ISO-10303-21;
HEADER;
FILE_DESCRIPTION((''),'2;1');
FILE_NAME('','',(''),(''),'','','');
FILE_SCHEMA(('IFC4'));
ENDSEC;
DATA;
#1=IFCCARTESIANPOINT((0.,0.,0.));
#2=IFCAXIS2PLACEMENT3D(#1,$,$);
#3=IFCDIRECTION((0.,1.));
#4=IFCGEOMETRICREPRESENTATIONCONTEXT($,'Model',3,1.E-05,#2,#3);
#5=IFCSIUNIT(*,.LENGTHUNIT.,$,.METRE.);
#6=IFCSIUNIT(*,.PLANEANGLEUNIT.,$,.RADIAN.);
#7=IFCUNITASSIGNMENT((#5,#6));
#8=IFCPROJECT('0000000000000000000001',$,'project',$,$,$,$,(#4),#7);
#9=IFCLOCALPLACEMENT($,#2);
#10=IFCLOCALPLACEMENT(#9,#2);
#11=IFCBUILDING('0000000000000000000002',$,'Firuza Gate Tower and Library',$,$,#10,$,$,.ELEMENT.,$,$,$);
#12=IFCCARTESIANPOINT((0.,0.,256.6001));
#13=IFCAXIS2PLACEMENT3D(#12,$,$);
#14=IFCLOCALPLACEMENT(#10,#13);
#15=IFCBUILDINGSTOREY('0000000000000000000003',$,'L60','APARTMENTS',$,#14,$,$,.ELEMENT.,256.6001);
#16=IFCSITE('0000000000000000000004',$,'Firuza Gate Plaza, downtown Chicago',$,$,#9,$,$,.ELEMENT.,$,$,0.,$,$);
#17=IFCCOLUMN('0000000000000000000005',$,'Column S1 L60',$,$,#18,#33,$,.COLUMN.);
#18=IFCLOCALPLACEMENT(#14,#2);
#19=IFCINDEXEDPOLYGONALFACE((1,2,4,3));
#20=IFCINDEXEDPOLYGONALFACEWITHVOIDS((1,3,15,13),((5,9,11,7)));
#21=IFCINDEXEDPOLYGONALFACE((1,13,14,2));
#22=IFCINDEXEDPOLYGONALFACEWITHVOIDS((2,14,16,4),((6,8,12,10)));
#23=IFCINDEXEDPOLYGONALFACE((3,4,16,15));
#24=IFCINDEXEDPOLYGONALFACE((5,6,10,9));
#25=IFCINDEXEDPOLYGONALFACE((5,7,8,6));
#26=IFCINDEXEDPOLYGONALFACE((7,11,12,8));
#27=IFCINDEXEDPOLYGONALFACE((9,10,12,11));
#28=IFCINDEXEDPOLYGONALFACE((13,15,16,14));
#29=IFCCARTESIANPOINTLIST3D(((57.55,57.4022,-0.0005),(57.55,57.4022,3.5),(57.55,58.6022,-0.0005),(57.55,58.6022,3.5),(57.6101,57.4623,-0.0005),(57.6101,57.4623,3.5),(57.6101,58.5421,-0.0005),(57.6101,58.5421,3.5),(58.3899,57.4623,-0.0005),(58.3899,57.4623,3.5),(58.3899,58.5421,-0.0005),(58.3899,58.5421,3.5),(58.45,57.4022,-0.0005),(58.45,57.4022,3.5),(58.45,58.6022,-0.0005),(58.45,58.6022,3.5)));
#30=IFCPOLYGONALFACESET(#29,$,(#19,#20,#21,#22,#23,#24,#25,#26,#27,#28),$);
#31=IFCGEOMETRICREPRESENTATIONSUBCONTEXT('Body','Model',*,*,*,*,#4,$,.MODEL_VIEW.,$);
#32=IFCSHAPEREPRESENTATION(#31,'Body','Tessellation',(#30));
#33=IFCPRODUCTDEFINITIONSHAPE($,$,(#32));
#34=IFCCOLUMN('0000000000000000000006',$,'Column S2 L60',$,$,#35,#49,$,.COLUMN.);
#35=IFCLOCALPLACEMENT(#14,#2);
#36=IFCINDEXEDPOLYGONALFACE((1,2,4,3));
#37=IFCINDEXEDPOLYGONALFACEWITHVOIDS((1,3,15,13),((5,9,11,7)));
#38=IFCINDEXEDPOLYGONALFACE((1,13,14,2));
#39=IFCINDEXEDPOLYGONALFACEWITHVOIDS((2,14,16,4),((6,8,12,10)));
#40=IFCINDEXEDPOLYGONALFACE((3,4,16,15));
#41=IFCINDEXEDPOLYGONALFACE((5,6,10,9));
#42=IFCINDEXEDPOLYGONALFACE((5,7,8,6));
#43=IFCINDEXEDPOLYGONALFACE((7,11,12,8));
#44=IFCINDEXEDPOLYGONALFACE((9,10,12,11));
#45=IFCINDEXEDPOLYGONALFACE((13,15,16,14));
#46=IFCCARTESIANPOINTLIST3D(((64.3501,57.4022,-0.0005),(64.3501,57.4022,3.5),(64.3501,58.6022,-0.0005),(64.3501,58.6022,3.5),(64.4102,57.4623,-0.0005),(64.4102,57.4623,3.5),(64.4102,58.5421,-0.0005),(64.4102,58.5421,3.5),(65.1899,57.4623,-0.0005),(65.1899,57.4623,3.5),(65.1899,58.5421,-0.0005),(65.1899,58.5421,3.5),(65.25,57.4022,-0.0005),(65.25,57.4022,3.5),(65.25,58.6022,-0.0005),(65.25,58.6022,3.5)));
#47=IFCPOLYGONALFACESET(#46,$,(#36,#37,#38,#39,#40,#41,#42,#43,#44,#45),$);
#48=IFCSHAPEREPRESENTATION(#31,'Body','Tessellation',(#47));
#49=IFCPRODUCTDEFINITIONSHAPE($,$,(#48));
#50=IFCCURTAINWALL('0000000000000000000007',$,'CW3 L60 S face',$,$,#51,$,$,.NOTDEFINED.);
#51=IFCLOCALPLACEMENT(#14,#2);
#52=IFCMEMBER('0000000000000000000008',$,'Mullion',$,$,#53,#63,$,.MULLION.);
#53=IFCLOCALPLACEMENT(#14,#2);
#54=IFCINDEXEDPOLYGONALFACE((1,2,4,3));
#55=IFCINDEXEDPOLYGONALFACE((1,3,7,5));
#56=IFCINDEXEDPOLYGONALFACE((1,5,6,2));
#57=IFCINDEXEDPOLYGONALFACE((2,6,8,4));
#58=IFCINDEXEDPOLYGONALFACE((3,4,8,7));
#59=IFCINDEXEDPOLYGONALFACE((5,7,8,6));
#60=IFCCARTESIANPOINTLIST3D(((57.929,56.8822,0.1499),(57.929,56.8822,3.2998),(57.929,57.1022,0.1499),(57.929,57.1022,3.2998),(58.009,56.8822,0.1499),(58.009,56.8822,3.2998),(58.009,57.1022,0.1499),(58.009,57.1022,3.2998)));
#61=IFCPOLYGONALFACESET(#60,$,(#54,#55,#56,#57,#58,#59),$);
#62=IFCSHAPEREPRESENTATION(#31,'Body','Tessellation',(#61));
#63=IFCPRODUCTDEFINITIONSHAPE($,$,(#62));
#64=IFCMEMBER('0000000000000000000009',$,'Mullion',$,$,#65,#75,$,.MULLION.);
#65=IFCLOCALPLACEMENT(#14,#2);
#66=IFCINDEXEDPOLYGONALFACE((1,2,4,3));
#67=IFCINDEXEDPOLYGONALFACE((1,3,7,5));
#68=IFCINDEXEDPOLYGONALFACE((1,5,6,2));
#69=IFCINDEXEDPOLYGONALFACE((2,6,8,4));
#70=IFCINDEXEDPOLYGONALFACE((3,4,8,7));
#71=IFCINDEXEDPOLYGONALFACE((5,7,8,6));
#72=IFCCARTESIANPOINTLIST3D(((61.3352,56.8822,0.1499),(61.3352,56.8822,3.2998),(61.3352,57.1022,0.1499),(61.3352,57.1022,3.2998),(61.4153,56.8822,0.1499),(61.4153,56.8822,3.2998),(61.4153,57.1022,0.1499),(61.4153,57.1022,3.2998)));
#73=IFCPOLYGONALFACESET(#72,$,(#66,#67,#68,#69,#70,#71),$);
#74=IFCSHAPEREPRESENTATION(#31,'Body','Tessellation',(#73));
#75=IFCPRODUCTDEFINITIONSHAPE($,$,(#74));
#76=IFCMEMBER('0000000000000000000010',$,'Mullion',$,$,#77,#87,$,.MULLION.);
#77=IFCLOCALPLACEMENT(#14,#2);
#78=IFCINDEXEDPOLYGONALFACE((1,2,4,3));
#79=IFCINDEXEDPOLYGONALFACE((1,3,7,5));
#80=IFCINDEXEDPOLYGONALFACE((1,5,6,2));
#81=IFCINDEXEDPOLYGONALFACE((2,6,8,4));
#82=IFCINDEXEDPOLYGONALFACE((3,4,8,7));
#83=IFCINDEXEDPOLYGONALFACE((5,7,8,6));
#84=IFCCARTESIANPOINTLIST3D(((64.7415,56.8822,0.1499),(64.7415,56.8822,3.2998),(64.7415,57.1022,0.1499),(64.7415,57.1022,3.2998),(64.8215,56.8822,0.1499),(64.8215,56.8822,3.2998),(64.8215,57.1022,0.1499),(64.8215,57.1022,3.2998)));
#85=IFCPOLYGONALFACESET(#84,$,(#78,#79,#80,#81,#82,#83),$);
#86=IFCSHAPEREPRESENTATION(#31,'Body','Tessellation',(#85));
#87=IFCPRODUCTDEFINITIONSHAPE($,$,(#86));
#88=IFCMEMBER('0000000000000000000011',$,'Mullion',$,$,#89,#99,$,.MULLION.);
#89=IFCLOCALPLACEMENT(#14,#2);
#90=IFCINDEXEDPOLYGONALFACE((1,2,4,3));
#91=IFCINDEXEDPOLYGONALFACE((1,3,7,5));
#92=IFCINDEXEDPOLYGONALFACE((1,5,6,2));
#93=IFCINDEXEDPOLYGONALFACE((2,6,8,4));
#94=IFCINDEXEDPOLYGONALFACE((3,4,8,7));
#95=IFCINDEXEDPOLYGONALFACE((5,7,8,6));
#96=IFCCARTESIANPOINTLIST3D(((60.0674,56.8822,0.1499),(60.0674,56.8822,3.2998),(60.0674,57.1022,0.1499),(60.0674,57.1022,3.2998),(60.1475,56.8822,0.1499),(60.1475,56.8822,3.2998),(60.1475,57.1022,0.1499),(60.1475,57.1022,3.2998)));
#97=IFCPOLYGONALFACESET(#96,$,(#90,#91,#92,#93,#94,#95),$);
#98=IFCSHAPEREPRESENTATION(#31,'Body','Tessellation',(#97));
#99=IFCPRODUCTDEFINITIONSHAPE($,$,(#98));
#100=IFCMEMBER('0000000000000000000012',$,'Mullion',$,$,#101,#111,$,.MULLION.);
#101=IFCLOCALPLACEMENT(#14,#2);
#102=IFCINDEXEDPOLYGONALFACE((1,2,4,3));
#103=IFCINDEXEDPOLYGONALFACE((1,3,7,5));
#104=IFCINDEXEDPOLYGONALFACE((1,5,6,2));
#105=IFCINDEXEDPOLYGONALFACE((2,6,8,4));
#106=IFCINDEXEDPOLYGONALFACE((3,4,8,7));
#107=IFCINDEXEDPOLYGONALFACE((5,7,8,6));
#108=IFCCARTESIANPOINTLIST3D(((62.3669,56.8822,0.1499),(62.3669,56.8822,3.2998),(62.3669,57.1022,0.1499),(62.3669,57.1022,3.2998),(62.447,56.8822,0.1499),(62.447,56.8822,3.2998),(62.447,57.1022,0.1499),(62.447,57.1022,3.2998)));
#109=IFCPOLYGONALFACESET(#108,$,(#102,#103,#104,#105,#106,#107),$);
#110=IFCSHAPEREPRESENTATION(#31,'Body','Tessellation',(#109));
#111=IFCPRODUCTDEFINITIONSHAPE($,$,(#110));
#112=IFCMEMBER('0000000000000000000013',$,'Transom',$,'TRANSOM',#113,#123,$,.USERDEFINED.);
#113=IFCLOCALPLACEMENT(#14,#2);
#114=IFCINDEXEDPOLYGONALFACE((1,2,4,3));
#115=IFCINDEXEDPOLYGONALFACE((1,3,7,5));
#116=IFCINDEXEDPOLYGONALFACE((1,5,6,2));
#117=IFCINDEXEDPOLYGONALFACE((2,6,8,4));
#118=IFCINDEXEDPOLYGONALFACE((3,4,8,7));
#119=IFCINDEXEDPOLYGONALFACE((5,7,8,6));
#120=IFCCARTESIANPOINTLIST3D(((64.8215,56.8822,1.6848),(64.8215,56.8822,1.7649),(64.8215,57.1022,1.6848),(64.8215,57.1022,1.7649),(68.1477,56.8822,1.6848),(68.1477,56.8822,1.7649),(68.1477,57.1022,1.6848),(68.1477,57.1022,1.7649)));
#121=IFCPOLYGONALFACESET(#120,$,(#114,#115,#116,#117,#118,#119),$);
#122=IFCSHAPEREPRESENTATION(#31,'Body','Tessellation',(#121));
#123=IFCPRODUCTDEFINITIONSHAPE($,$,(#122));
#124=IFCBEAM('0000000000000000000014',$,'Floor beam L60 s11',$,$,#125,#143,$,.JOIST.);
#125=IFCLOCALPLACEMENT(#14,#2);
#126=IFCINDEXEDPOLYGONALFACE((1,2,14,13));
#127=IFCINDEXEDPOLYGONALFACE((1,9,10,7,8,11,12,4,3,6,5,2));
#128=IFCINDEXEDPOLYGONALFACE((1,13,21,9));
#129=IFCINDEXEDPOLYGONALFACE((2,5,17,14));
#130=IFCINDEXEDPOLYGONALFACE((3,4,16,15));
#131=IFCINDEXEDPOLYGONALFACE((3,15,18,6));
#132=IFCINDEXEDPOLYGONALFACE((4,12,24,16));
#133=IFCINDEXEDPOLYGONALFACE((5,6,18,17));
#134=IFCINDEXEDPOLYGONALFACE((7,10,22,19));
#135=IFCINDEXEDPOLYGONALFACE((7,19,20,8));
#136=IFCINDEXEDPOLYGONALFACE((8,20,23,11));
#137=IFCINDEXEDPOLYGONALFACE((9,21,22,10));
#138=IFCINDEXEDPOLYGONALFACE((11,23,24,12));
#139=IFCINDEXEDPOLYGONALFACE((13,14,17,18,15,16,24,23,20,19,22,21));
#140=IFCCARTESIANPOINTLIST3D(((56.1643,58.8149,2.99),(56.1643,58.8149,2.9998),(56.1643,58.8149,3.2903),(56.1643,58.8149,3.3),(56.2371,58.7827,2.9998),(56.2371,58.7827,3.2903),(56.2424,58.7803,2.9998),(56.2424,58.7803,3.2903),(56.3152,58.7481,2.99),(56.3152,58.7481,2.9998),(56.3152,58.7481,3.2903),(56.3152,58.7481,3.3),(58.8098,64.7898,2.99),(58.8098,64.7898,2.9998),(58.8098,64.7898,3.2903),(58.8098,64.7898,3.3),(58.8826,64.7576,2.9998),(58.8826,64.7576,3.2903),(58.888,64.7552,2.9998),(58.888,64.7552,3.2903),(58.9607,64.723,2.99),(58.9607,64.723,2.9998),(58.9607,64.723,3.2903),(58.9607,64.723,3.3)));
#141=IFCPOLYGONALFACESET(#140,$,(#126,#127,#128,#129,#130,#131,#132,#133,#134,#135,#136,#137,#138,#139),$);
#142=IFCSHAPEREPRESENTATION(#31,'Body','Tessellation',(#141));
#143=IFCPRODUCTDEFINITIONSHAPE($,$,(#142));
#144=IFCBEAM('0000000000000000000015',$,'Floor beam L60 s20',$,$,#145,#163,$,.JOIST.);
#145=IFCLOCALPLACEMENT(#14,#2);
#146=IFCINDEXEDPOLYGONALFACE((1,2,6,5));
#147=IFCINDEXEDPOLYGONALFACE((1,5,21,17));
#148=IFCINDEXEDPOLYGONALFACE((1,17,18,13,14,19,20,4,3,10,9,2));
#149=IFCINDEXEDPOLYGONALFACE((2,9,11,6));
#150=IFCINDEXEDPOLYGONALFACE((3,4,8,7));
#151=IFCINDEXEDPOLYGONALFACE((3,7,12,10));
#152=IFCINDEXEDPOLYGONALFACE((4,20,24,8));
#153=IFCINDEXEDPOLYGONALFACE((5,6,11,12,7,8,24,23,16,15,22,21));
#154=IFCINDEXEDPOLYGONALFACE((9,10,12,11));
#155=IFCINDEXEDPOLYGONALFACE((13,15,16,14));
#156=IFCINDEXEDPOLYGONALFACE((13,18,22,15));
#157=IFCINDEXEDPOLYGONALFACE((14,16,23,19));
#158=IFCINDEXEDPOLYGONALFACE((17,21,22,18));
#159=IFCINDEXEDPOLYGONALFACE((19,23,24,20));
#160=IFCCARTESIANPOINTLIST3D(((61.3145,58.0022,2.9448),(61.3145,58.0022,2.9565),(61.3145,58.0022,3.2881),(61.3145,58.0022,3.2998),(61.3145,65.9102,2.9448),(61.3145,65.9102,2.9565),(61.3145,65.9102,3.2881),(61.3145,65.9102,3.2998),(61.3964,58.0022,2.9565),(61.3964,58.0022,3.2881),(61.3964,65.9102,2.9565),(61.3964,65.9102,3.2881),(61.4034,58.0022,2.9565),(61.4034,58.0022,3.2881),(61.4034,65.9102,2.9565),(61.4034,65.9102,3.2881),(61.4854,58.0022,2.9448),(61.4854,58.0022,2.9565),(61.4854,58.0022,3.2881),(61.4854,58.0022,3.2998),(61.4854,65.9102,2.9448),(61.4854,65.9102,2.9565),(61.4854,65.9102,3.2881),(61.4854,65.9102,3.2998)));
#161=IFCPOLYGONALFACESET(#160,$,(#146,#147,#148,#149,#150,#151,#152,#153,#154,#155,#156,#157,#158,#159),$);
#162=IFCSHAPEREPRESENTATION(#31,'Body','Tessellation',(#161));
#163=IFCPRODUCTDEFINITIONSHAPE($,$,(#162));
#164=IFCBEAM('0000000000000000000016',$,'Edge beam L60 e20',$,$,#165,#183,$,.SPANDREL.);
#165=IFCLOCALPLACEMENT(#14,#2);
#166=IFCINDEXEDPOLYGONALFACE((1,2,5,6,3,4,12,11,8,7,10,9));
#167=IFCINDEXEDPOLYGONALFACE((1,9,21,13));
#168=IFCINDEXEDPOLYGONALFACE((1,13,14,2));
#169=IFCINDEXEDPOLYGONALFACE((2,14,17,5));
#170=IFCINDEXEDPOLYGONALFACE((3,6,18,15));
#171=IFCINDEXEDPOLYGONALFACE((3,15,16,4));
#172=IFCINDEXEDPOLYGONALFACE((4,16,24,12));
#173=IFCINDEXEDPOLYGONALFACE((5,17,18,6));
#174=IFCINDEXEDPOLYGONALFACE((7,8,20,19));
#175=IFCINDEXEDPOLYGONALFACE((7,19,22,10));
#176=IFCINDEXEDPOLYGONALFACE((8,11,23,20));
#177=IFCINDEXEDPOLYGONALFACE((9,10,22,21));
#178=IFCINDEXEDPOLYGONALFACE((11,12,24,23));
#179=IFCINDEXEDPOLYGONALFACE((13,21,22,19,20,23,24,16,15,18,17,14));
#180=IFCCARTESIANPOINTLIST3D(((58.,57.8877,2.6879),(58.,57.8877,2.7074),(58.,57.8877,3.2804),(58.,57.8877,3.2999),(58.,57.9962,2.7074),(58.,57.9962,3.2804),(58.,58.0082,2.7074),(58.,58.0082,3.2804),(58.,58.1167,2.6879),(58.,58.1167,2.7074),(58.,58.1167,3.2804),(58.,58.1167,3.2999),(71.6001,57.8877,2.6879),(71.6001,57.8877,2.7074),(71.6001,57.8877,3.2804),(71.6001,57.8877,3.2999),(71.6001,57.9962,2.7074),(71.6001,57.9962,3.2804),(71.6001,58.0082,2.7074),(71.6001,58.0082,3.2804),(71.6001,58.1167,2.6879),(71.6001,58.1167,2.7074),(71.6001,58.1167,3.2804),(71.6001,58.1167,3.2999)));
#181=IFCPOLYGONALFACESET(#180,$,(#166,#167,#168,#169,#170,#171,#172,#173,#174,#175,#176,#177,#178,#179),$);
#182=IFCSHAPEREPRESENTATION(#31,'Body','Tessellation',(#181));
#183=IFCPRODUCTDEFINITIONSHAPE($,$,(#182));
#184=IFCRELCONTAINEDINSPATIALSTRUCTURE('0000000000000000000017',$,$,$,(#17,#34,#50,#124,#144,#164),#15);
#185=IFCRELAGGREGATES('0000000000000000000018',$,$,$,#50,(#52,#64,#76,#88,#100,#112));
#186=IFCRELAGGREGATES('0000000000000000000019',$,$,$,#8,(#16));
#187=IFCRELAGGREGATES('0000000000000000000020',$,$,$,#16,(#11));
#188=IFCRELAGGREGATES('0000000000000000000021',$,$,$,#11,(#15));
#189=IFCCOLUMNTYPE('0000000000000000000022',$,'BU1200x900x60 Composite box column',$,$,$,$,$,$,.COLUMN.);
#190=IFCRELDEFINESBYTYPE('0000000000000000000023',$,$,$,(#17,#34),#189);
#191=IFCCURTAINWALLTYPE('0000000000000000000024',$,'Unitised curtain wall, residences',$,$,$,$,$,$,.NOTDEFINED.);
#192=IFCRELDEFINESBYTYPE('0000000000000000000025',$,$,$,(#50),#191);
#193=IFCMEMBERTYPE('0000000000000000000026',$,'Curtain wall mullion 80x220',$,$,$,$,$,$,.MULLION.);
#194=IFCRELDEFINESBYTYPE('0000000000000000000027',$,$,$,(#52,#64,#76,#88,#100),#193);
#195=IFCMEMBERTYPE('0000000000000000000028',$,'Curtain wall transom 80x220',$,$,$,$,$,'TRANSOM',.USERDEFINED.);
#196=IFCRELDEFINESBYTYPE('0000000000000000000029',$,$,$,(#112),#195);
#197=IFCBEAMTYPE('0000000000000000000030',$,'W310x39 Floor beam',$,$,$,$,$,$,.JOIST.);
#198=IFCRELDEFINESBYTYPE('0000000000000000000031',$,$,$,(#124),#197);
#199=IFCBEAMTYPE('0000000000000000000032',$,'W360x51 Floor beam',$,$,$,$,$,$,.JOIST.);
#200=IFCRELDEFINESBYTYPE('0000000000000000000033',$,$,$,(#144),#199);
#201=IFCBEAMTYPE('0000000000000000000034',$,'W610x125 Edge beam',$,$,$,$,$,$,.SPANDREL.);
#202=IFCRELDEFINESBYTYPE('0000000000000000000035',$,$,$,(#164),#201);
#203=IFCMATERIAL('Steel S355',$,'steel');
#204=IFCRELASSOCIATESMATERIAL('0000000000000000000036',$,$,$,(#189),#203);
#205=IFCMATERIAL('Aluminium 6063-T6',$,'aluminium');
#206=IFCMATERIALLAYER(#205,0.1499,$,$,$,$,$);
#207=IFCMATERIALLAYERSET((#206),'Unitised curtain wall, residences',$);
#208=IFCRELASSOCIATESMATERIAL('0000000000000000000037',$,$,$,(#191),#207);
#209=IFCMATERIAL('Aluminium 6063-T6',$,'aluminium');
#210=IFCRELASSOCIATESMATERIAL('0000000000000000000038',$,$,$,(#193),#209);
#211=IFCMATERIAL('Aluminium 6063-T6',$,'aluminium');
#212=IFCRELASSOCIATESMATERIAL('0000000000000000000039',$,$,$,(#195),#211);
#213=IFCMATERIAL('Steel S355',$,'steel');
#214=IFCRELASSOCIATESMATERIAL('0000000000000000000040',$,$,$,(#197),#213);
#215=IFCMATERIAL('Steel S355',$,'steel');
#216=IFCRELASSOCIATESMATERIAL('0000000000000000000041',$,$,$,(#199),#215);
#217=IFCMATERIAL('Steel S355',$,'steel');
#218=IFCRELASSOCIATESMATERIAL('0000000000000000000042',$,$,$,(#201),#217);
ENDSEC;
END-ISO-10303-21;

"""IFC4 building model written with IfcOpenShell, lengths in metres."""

from ifc_helpers import new_model, si_unit, direction, frame, origin, origin_2d, place, context, subcontext, project, spatial, rectangle, hollow_rectangle, i_section, extrude, material, layer, layer_set, material_profile, profile_set, type_object, element, aggregate, save


model = new_model("IFC4")

# Units and contexts
model_context = context("Model", 3, precision=1e-05, world=origin(), true_north=direction((0.0, 1.0)))
body_context = subcontext(model_context, "Body", "Model", "MODEL_VIEW")
ifc_project = project(units=[si_unit("LENGTHUNIT", "METRE"), si_unit("PLANEANGLEUNIT", "RADIAN")], contexts=[model_context])

# Site, building, storey
site_placement = place(None, origin())
site = spatial("IfcSite", under=ifc_project, at=site_placement, Name="Firuza Gate Plaza, downtown Chicago", CompositionType="ELEMENT", RefElevation=0.0)
building_placement = place(site_placement, origin())
building = spatial("IfcBuilding", under=site, at=building_placement, Name="Firuza Gate Tower and Library", CompositionType="ELEMENT")
storey_placement = place(building_placement, frame((0.0, 0.0, 256.6001)))
storey = spatial("IfcBuildingStorey", under=building, at=storey_placement, Name="L60", Description="APARTMENTS", CompositionType="ELEMENT", Elevation=256.6001)

# Columns
ifc_material_1 = material(Name="Steel S355", Category="steel")
ifc_material_profile_1 = material_profile(ifc_material_1, hollow_rectangle(XDim=0.8999, YDim=1.2, WallThickness=0.0601, at=origin_2d()))
ifc_profile_set_1 = profile_set([ifc_material_profile_1], Name="Steel S355")
column_type = type_object("IfcColumnType", Name="BU1200x900x60 Composite box column", PredefinedType="COLUMN", material=ifc_profile_set_1)
for number, where, z_axis, x_axis, name in (
    (1, (58.0, 58.0022, -0.0005), (0.0, 0.0, 1.0), (1.0, 0.0, 0.0), "Column S1 L60"),
    (2, (64.8, 58.0022, -0.0005), (0.0, 0.0, 1.0), (1.0, 0.0, 0.0), "Column S2 L60"),
):
    element("IfcColumn", number, at=place(storey_placement, frame(where, z_axis=z_axis, x_axis=x_axis)), inside=storey, type_object=column_type, Name=name, PredefinedType="COLUMN", context=body_context, shape_type="SweptSolid", body=[
        extrude(hollow_rectangle(XDim=0.8999, YDim=1.2, WallThickness=0.0601, at=origin_2d()), origin(), (0.0, 0.0, 1.0), 3.5005),
    ])

# Curtain wall, members
ifc_material_2 = material(Name="Aluminium 6063-T6", Category="aluminium")
ifc_layer_1 = layer(ifc_material_2, 0.1499)
ifc_layer_set_1 = layer_set([ifc_layer_1], Name="Unitised curtain wall, residences")
curtain_wall_type = type_object("IfcCurtainWallType", Name="Unitised curtain wall, residences", PredefinedType="NOTDEFINED", material=ifc_layer_set_1)
curtain_wall_placement = place(storey_placement, origin())
curtain_wall = element("IfcCurtainWall", 3, at=curtain_wall_placement, inside=storey, type_object=curtain_wall_type, Name="CW3 L60 S face", PredefinedType="NOTDEFINED")
ifc_material_3 = material(Name="Aluminium 6063-T6", Category="aluminium")
ifc_material_profile_2 = material_profile(ifc_material_3, rectangle(XDim=0.22, YDim=0.0801, at=origin_2d()))
ifc_profile_set_2 = profile_set([ifc_material_profile_2], Name="Aluminium 6063-T6")
member_type_1 = type_object("IfcMemberType", Name="Curtain wall mullion 80x220", PredefinedType="MULLION", material=ifc_profile_set_2)
member_1_placement = place(storey_placement, frame((57.969, 56.9922, 0.1499), z_axis=(0.0, 0.0, 1.0), x_axis=(0.0, 1.0, 0.0)))
member_1 = element("IfcMember", 4, at=member_1_placement, type_object=member_type_1, Name="Mullion", PredefinedType="MULLION", context=body_context, shape_type="SweptSolid", body=[
    extrude(rectangle(XDim=0.22, YDim=0.0801, at=origin_2d()), origin(), (0.0, 0.0, 1.0), 3.1499),
])
member_2_placement = place(storey_placement, frame((61.3752, 56.9922, 0.1499), z_axis=(0.0, 0.0, 1.0), x_axis=(0.0, 1.0, 0.0)))
member_2 = element("IfcMember", 5, at=member_2_placement, type_object=member_type_1, Name="Mullion", PredefinedType="MULLION", context=body_context, shape_type="SweptSolid", body=[
    extrude(rectangle(XDim=0.22, YDim=0.0801, at=origin_2d()), origin(), (0.0, 0.0, 1.0), 3.1499),
])
member_3_placement = place(storey_placement, frame((64.7815, 56.9922, 0.1499), z_axis=(0.0, 0.0, 1.0), x_axis=(0.0, 1.0, 0.0)))
member_3 = element("IfcMember", 6, at=member_3_placement, type_object=member_type_1, Name="Mullion", PredefinedType="MULLION", context=body_context, shape_type="SweptSolid", body=[
    extrude(rectangle(XDim=0.22, YDim=0.0801, at=origin_2d()), origin(), (0.0, 0.0, 1.0), 3.1499),
])
member_4_placement = place(storey_placement, frame((60.1074, 56.9922, 0.1499), z_axis=(0.0, 0.0, 1.0), x_axis=(0.0, 1.0, 0.0)))
member_4 = element("IfcMember", 7, at=member_4_placement, type_object=member_type_1, Name="Mullion", PredefinedType="MULLION", context=body_context, shape_type="SweptSolid", body=[
    extrude(rectangle(XDim=0.22, YDim=0.0801, at=origin_2d()), origin(), (0.0, 0.0, 1.0), 3.1499),
])
member_5_placement = place(storey_placement, frame((62.407, 56.9922, 0.1499), z_axis=(0.0, 0.0, 1.0), x_axis=(0.0, 1.0, 0.0)))
member_5 = element("IfcMember", 8, at=member_5_placement, type_object=member_type_1, Name="Mullion", PredefinedType="MULLION", context=body_context, shape_type="SweptSolid", body=[
    extrude(rectangle(XDim=0.22, YDim=0.0801, at=origin_2d()), origin(), (0.0, 0.0, 1.0), 3.1499),
])
ifc_material_4 = material(Name="Aluminium 6063-T6", Category="aluminium")
ifc_material_profile_3 = material_profile(ifc_material_4, rectangle(XDim=0.22, YDim=0.0801, at=origin_2d()))
ifc_profile_set_3 = profile_set([ifc_material_profile_3], Name="Aluminium 6063-T6")
member_type_2 = type_object("IfcMemberType", Name="Curtain wall transom 80x220", ElementType="TRANSOM", PredefinedType="USERDEFINED", material=ifc_profile_set_3)
member_6_placement = place(storey_placement, frame((64.8215, 56.9922, 1.7249), z_axis=(1.0, 0.0, 0.0), x_axis=(0.0, 1.0, 0.0)))
member_6 = element("IfcMember", 9, at=member_6_placement, type_object=member_type_2, Name="Transom", ObjectType="TRANSOM", PredefinedType="USERDEFINED", context=body_context, shape_type="SweptSolid", body=[
    extrude(rectangle(XDim=0.22, YDim=0.0801, at=origin_2d()), origin(), (0.0, 0.0, 1.0), 3.3262),
])

# Beams
ifc_material_5 = material(Name="Steel S355", Category="steel")
ifc_material_profile_4 = material_profile(ifc_material_5, i_section(OverallWidth=0.165, OverallDepth=0.3101, WebThickness=0.0059, FlangeThickness=0.0098, at=origin_2d()))
ifc_profile_set_4 = profile_set([ifc_material_profile_4], Name="Steel S355")
beam_type_1 = type_object("IfcBeamType", Name="W310x39 Floor beam", PredefinedType="JOIST", material=ifc_profile_set_4)
beam_1_placement = place(storey_placement, frame((56.2397, 58.7815, 3.145), z_axis=(0.404862, 0.914378, 0.0), x_axis=(-0.914378, 0.404862, 0.0)))
element("IfcBeam", 10, at=beam_1_placement, inside=storey, type_object=beam_type_1, Name="Floor beam L60 s11", PredefinedType="JOIST", context=body_context, shape_type="SweptSolid", body=[
    extrude(i_section(OverallWidth=0.165, OverallDepth=0.3101, WebThickness=0.0059, FlangeThickness=0.0098, at=origin_2d()), origin(), (0.0, 0.0, 1.0), 6.5344),
])
ifc_material_6 = material(Name="Steel S355", Category="steel")
ifc_material_profile_5 = material_profile(ifc_material_6, i_section(OverallWidth=0.1709, OverallDepth=0.355, WebThickness=0.0071, FlangeThickness=0.0117, at=origin_2d()))
ifc_profile_set_5 = profile_set([ifc_material_profile_5], Name="Steel S355")
beam_type_2 = type_object("IfcBeamType", Name="W360x51 Floor beam", PredefinedType="JOIST", material=ifc_profile_set_5)
beam_2_placement = place(storey_placement, frame((61.3999, 58.0022, 3.1223), z_axis=(0.0, 1.0, 0.0), x_axis=(-1.0, 0.0, 0.0)))
element("IfcBeam", 11, at=beam_2_placement, inside=storey, type_object=beam_type_2, Name="Floor beam L60 s20", PredefinedType="JOIST", context=body_context, shape_type="SweptSolid", body=[
    extrude(i_section(OverallWidth=0.1709, OverallDepth=0.355, WebThickness=0.0071, FlangeThickness=0.0117, at=origin_2d()), origin(), (0.0, 0.0, 1.0), 7.908),
])
ifc_material_7 = material(Name="Steel S355", Category="steel")
ifc_material_profile_6 = material_profile(ifc_material_7, i_section(OverallWidth=0.229, OverallDepth=0.6121, WebThickness=0.012, FlangeThickness=0.0195, at=origin_2d()))
ifc_profile_set_6 = profile_set([ifc_material_profile_6], Name="Steel S355")
beam_type_3 = type_object("IfcBeamType", Name="W610x125 Edge beam", PredefinedType="SPANDREL", material=ifc_profile_set_6)
beam_3_placement = place(storey_placement, frame((58.0, 58.0022, 2.9939), z_axis=(1.0, 0.0, 0.0), x_axis=(0.0, 1.0, 0.0)))
element("IfcBeam", 12, at=beam_3_placement, inside=storey, type_object=beam_type_3, Name="Edge beam L60 e20", PredefinedType="SPANDREL", context=body_context, shape_type="SweptSolid", body=[
    extrude(i_section(OverallWidth=0.229, OverallDepth=0.6121, WebThickness=0.012, FlangeThickness=0.0195, at=origin_2d()), origin(), (0.0, 0.0, 1.0), 13.6001),
])

aggregate(curtain_wall, [member_1, member_2, member_3, member_4, member_5, member_6])

save(model, "model.ifc")
